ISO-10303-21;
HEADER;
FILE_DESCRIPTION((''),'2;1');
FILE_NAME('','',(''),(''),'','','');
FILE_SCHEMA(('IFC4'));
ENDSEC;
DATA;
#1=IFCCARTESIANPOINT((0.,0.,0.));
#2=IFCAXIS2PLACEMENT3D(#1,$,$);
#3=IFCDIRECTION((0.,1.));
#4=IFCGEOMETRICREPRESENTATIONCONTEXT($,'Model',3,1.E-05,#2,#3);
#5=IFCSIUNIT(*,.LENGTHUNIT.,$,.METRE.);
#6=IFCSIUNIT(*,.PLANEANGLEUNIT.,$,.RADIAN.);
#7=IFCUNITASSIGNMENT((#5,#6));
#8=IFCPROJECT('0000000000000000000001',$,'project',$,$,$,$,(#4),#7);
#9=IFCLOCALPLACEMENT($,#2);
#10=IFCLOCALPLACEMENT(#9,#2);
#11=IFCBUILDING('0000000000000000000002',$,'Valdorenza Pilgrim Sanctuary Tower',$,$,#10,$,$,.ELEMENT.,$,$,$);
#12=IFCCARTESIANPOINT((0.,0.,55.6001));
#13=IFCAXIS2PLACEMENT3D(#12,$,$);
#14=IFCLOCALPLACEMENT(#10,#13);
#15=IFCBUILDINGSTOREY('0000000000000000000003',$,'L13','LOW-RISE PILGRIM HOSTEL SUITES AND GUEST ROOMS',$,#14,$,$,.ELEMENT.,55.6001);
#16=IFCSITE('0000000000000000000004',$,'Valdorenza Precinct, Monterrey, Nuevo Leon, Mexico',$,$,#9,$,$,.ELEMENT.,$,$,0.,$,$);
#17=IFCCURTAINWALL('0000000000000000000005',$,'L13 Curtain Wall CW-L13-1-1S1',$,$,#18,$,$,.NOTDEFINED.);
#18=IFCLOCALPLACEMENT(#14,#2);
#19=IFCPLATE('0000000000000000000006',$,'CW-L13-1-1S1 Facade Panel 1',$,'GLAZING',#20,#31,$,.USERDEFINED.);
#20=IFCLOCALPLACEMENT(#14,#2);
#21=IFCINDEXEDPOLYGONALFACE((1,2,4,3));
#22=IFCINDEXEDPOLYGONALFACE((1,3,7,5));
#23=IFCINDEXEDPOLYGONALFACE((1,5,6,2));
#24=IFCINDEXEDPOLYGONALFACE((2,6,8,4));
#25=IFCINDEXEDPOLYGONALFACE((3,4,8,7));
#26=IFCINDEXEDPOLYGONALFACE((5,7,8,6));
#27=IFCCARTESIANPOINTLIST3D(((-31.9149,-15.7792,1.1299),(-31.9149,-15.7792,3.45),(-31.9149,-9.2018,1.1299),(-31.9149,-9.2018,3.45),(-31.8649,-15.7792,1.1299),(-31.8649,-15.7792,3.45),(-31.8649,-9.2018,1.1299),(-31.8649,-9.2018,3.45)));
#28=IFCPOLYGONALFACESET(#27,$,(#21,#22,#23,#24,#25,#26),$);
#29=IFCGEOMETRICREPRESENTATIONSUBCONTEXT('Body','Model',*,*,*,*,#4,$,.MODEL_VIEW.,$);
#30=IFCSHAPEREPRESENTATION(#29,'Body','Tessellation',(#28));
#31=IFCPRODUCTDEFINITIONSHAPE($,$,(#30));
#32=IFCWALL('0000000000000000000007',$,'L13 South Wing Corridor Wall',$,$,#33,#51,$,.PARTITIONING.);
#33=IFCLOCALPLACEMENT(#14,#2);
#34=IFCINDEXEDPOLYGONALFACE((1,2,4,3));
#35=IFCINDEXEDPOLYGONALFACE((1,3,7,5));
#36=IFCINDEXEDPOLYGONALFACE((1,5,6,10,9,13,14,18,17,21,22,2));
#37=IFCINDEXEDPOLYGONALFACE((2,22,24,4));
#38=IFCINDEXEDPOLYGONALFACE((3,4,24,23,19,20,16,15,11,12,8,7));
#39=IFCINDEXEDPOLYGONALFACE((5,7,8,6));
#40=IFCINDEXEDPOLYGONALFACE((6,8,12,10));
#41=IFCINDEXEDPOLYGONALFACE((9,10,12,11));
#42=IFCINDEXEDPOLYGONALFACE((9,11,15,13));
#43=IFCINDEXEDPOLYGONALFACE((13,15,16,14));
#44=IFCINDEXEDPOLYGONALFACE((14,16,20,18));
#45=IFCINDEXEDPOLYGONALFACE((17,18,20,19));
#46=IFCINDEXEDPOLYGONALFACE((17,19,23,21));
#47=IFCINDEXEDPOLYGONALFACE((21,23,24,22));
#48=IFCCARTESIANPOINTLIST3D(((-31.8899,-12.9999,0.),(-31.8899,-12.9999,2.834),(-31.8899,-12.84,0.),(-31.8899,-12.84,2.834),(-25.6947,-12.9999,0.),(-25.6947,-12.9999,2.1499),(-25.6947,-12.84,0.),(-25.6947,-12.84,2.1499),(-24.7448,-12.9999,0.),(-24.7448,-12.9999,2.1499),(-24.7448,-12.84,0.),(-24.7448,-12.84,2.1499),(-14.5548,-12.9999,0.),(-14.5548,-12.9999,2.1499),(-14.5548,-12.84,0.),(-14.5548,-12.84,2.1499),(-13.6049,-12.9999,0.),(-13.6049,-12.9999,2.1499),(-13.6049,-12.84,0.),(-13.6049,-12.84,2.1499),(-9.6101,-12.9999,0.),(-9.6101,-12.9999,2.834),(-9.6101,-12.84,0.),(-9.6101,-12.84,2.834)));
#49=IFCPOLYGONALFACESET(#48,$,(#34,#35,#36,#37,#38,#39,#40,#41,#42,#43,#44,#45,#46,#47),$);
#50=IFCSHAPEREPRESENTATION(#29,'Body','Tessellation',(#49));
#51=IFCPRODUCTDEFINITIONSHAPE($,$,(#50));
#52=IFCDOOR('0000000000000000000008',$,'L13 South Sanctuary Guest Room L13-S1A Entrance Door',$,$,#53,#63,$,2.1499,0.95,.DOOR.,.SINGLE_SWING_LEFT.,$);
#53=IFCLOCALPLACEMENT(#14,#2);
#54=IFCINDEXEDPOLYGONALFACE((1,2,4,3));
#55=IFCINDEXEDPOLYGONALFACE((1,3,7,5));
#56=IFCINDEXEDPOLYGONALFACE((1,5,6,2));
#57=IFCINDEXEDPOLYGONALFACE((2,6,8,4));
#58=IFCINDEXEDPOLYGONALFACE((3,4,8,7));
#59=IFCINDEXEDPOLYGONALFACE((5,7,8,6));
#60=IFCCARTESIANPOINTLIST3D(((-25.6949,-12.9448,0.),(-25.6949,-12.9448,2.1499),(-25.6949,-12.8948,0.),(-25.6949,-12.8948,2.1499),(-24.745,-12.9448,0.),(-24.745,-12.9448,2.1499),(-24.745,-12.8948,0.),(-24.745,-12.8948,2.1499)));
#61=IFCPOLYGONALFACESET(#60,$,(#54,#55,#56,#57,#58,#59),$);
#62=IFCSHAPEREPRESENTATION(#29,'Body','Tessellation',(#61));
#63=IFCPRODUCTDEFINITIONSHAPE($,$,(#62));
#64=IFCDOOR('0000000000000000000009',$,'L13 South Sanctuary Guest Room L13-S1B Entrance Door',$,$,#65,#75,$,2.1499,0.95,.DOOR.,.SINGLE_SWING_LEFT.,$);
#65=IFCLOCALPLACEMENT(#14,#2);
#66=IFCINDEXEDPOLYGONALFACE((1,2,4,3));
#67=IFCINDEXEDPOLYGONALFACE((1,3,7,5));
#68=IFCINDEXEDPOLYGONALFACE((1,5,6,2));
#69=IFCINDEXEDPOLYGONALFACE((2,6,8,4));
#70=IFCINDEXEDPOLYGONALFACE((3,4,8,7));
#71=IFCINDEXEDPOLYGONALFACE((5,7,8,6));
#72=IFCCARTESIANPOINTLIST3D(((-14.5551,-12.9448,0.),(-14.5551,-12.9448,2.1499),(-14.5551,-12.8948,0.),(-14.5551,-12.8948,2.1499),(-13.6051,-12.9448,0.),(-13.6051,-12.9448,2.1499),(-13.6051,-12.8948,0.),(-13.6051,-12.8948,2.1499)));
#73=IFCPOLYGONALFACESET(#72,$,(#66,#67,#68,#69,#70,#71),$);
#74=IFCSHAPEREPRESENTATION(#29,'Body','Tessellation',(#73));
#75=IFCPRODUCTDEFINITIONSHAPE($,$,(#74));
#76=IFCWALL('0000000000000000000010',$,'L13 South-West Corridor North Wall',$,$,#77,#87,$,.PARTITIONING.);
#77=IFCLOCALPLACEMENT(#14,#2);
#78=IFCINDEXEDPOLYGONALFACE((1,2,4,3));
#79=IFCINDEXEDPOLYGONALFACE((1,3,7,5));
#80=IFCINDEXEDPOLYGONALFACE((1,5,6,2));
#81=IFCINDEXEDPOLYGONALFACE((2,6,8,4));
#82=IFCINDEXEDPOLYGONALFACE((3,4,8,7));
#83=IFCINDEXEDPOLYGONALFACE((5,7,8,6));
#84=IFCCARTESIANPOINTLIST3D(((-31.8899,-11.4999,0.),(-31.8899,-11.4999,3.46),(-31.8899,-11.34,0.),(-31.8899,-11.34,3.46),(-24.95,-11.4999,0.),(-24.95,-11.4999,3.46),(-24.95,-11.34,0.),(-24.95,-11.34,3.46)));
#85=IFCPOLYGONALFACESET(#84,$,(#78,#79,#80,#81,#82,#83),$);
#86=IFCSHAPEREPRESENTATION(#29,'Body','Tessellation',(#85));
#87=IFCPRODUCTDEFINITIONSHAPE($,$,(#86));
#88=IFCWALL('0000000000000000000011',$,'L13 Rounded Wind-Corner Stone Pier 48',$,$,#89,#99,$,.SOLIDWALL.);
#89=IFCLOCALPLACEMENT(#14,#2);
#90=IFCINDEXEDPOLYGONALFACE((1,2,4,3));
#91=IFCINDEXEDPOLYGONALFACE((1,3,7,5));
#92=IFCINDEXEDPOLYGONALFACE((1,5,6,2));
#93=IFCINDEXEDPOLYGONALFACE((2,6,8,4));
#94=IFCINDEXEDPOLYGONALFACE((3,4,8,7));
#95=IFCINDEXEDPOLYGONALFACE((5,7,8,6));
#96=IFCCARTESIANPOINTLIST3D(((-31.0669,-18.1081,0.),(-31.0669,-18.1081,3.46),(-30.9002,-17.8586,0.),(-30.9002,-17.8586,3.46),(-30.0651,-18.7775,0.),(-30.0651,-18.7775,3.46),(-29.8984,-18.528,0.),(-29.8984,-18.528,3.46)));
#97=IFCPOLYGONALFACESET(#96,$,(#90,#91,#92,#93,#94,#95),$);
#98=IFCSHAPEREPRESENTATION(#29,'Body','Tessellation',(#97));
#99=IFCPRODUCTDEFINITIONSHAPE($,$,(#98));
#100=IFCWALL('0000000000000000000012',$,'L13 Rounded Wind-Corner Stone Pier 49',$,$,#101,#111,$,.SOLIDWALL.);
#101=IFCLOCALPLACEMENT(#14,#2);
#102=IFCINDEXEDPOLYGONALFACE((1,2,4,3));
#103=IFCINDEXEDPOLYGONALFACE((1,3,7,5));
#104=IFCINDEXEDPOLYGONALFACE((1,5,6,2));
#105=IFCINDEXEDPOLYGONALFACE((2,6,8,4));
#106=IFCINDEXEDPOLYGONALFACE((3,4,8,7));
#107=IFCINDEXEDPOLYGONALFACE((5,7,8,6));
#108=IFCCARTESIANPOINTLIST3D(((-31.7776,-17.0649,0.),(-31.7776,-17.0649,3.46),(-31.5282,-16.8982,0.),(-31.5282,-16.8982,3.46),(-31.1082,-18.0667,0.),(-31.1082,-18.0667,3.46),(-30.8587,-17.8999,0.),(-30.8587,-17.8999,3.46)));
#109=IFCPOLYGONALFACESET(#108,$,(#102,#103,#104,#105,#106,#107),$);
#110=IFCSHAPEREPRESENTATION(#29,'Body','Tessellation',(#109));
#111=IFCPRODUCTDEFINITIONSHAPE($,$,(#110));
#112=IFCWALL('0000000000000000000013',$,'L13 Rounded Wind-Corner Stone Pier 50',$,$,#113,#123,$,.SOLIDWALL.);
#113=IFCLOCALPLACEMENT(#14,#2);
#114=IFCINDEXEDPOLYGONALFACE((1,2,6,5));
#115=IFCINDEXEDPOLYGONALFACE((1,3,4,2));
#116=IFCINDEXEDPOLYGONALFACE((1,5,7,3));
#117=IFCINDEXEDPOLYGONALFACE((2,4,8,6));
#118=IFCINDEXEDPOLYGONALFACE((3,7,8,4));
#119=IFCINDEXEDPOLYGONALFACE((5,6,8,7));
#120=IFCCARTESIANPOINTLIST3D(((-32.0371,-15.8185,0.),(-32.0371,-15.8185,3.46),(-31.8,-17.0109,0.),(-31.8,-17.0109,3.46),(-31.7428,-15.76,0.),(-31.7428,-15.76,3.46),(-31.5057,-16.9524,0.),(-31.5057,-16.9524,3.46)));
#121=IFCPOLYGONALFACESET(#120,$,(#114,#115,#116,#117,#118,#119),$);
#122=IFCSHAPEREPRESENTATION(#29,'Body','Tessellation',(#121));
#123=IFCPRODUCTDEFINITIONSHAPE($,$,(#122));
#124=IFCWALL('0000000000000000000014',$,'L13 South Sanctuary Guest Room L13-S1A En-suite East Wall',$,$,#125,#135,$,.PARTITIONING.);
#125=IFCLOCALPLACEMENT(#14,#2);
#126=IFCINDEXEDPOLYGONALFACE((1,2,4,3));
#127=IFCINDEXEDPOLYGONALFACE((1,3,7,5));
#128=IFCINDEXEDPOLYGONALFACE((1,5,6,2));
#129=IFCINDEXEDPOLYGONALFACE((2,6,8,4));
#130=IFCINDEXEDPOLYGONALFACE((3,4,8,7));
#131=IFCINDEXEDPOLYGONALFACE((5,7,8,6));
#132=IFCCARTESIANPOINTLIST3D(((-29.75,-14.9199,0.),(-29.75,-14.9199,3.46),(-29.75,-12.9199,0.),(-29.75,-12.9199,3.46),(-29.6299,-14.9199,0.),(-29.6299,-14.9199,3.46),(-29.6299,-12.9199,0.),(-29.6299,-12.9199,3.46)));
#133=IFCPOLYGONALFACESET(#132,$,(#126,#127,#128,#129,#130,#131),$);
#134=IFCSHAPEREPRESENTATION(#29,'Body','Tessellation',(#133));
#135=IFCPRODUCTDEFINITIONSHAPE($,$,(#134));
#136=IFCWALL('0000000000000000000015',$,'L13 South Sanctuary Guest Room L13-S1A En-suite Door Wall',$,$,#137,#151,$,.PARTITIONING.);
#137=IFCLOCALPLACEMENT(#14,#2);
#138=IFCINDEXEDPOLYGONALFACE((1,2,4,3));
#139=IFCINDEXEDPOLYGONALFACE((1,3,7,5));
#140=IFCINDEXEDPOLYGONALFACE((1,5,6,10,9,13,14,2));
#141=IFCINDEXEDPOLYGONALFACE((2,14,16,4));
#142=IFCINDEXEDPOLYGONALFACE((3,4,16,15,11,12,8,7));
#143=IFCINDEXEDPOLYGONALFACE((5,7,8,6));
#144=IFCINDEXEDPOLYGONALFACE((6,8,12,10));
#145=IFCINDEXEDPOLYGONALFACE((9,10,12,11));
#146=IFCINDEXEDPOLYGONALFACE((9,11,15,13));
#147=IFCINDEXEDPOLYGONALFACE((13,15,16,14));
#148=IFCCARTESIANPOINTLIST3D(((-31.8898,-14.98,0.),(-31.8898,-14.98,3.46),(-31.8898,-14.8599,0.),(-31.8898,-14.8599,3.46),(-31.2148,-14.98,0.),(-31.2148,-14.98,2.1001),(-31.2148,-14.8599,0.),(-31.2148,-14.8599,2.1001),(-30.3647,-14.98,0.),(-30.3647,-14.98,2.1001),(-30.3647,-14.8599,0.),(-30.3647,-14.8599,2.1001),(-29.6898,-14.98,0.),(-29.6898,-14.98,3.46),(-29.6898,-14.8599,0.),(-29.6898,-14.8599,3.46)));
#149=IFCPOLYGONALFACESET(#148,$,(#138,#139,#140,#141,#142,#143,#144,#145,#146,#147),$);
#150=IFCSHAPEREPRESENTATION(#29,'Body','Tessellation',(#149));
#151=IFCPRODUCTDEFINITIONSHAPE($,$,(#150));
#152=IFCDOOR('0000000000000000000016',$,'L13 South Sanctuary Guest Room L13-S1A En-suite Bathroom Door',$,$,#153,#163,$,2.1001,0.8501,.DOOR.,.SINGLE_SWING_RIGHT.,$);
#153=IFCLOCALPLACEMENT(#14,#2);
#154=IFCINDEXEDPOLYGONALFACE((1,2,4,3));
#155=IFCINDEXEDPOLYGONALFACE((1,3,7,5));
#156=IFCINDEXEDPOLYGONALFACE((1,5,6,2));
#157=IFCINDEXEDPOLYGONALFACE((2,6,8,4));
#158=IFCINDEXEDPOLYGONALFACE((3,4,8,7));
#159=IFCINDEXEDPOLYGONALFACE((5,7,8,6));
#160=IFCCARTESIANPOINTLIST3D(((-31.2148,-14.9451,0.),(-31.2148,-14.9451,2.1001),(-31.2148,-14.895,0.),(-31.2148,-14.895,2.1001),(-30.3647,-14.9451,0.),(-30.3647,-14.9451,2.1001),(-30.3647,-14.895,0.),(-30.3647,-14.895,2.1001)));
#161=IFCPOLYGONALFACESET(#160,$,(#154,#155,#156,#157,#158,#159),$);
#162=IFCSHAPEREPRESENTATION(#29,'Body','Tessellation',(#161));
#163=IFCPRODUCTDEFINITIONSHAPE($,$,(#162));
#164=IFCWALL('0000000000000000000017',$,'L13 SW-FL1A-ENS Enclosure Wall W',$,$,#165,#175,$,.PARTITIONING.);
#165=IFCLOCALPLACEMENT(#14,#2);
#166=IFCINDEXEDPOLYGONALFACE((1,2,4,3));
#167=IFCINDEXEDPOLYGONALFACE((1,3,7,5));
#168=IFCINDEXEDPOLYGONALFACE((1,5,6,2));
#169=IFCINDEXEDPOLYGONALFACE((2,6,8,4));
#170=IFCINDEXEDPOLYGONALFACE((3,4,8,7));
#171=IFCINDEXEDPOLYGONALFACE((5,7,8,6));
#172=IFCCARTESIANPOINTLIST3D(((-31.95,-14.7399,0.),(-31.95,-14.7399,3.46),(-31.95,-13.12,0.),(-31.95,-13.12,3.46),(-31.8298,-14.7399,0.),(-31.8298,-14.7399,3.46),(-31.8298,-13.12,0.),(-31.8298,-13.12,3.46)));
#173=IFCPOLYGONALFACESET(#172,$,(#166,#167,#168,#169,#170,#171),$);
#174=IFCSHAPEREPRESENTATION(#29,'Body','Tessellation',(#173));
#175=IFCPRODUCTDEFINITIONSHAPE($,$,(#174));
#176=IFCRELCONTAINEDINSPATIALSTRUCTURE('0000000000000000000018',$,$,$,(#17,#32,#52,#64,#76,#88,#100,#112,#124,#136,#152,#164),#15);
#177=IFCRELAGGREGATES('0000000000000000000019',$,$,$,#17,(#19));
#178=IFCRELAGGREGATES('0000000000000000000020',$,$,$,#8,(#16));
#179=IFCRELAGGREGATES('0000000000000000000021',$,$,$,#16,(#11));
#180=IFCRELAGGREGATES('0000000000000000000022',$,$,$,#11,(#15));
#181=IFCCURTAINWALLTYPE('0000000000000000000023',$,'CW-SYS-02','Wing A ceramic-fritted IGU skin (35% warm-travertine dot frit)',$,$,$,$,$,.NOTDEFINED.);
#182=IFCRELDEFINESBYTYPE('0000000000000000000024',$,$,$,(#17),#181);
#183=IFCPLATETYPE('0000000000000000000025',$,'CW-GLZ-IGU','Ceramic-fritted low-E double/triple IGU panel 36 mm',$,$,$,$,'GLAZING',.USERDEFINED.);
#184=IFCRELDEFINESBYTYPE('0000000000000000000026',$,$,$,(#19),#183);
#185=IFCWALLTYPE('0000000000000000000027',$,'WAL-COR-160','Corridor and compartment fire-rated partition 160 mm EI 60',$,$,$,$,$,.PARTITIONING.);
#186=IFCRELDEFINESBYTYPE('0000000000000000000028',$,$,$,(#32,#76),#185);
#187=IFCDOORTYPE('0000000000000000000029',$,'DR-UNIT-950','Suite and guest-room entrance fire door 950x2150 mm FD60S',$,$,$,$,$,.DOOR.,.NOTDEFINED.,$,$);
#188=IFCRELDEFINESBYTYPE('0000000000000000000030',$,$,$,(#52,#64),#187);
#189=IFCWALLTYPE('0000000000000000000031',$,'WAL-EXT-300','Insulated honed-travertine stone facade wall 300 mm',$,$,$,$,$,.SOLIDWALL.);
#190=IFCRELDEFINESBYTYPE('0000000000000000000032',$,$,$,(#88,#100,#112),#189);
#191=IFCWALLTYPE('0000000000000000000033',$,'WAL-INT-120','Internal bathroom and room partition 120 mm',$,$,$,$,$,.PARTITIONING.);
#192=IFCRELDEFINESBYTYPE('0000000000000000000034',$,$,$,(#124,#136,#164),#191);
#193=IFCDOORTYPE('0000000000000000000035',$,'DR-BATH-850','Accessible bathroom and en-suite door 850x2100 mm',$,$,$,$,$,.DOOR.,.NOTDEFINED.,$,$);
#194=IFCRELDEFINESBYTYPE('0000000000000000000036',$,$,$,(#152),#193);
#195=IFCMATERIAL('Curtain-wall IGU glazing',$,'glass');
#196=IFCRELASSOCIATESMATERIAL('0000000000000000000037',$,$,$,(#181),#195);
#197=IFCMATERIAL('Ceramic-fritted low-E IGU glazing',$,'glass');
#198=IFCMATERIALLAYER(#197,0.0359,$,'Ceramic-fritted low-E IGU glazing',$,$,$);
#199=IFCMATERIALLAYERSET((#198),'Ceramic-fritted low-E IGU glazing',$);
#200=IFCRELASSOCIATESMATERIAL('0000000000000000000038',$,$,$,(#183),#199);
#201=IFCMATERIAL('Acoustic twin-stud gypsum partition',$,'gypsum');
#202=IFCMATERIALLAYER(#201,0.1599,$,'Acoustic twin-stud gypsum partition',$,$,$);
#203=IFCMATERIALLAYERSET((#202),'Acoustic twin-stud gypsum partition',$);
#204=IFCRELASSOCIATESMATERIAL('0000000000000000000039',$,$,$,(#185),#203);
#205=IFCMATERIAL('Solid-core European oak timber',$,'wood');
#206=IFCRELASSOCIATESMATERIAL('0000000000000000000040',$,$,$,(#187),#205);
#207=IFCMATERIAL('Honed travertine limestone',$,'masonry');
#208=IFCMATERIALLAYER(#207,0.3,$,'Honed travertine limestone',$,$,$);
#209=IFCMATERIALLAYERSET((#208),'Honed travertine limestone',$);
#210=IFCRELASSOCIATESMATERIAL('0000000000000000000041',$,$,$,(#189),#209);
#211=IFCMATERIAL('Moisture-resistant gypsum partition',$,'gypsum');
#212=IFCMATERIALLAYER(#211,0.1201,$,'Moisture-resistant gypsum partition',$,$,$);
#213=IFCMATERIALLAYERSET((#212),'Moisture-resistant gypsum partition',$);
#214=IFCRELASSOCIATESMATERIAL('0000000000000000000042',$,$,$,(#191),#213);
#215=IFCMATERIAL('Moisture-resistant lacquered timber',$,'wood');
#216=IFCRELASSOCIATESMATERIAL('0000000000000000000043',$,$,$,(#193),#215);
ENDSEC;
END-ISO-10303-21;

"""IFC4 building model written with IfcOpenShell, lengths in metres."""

from ifc_helpers import new_model, si_unit, direction, frame, frame_2d, origin, origin_2d, place, context, subcontext, project, spatial, rectangle, extrude, source, transform, mapped, material, layer, layer_set, type_object, element, fill, aggregate, save


model = new_model("IFC4")

# Units and contexts
model_context = context("Model", 3, precision=1e-05, world=origin(), true_north=direction((0.0, 1.0)))
body_context = subcontext(model_context, "Body", "Model", "MODEL_VIEW")
ifc_project = project(units=[si_unit("LENGTHUNIT", "METRE"), si_unit("PLANEANGLEUNIT", "RADIAN")], contexts=[model_context])

# Site, building, storey
site_placement = place(None, origin())
site = spatial("IfcSite", under=ifc_project, at=site_placement, Name="Valdorenza Precinct, Monterrey, Nuevo Leon, Mexico", CompositionType="ELEMENT", RefElevation=0.0)
building_placement = place(site_placement, origin())
building = spatial("IfcBuilding", under=site, at=building_placement, Name="Valdorenza Pilgrim Sanctuary Tower", CompositionType="ELEMENT")
storey_placement = place(building_placement, frame((0.0, 0.0, 55.6001)))
storey = spatial("IfcBuildingStorey", under=building, at=storey_placement, Name="L13", Description="LOW-RISE PILGRIM HOSTEL SUITES AND GUEST ROOMS", CompositionType="ELEMENT", Elevation=55.6001)

# Curtain wall
ifc_material_1 = material(Name="Curtain-wall IGU glazing", Category="glass")
curtain_wall_type = type_object("IfcCurtainWallType", Name="CW-SYS-02", Description="Wing A ceramic-fritted IGU skin (35% warm-travertine dot frit)", PredefinedType="NOTDEFINED", material=ifc_material_1)
curtain_wall_1_placement = place(storey_placement, origin())
curtain_wall_1 = element("IfcCurtainWall", 1, at=curtain_wall_1_placement, inside=storey, type_object=curtain_wall_type, Name="L13 Curtain Wall CW-L13-1-1S1", PredefinedType="NOTDEFINED")

# Plate
ifc_material_2 = material(Name="Honed travertine limestone", Category="masonry")
ifc_material_3 = material(Name="Ceramic-fritted low-E IGU glazing", Category="glass")
ifc_layer_1 = layer(ifc_material_3, 0.0359, Name="Ceramic-fritted low-E IGU glazing")
ifc_layer_set_1 = layer_set([ifc_layer_1], Name="Ceramic-fritted low-E IGU glazing")
plate_type_1 = type_object("IfcPlateType", Name="CW-GLZ-IGU", Description="Ceramic-fritted low-E double/triple IGU panel 36 mm", ElementType="GLAZING", PredefinedType="USERDEFINED", material=ifc_layer_set_1)
shared_shape_1 = source(origin(), body_context, "Body", "SweptSolid", [
    extrude(rectangle(XDim=6.5774, YDim=0.05, at=origin_2d()), origin(), (0.0, 0.0, 1.0), 2.3201),
])
plate_1_placement = place(storey_placement, frame((-31.8899, -12.4905, 1.1299), z_axis=(0.0, 0.0, 1.0), x_axis=(0.0, 1.0, 0.0)))
plate_1 = element("IfcPlate", 2, at=plate_1_placement, type_object=plate_type_1, Name="CW-L13-1-1S1 Facade Panel 1", ObjectType="GLAZING", PredefinedType="USERDEFINED", context=body_context, shape_type="MappedRepresentation", body=[
    mapped(shared_shape_1, transform((0.0, 0.0, 0.0), x_axis=(1.0, 0.0, 0.0), y_axis=(0.0, 1.0, 0.0), z_axis=(0.0, 0.0, 1.0), scale=1.0)),
])
aggregate(curtain_wall_1, [plate_1])

# Wall, openings, doors
ifc_material_4 = material(Name="Acoustic twin-stud gypsum partition", Category="gypsum")
ifc_layer_2 = layer(ifc_material_4, 0.1599, Name="Acoustic twin-stud gypsum partition")
ifc_layer_set_2 = layer_set([ifc_layer_2], Name="Acoustic twin-stud gypsum partition")
wall_type_1 = type_object("IfcWallType", Name="WAL-COR-160", Description="Corridor and compartment fire-rated partition 160 mm EI 60", PredefinedType="PARTITIONING", material=ifc_layer_set_2)
wall_1_placement = place(storey_placement, frame((-31.8899, -12.9199, 0.0), z_axis=(0.0, 0.0, 1.0), x_axis=(1.0, 0.0, 0.0)))
wall_1 = element("IfcWall", 3, at=wall_1_placement, inside=storey, type_object=wall_type_1, Name="L13 South Wing Corridor Wall", PredefinedType="PARTITIONING", context=body_context, shape_type="SweptSolid", body=[
    extrude(rectangle(XDim=22.2798, YDim=0.1599, at=frame_2d((11.1399, 0.0))), origin(), (0.0, 0.0, 1.0), 2.834),
])
opening_1_placement = place(wall_1_placement, frame((6.1951, 0.0, 0.0)))
opening_1 = element("IfcOpeningElement", 4, at=opening_1_placement, cuts=wall_1, PredefinedType="OPENING", context=body_context, shape_type="SweptSolid", body=[
    extrude(rectangle(XDim=0.95, YDim=2.1499, at=frame_2d((0.4751, 1.075))), frame((0.0, 0.0947, 0.0), z_axis=(0.0, -1.0, 0.0), x_axis=(1.0, 0.0, 0.0)), (0.0, 0.0, 1.0), 0.1897),
])
opening_2_placement = place(wall_1_placement, frame((17.335, 0.0, 0.0)))
opening_2 = element("IfcOpeningElement", 5, at=opening_2_placement, cuts=wall_1, PredefinedType="OPENING", context=body_context, shape_type="SweptSolid", body=[
    extrude(rectangle(XDim=0.95, YDim=2.1499, at=frame_2d((0.4751, 1.075))), frame((0.0, 0.0947, 0.0), z_axis=(0.0, -1.0, 0.0), x_axis=(1.0, 0.0, 0.0)), (0.0, 0.0, 1.0), 0.1897),
])
ifc_material_5 = material(Name="Solid-core European oak timber", Category="wood")
door_type_1 = type_object("IfcDoorType", Name="DR-UNIT-950", Description="Suite and guest-room entrance fire door 950x2150 mm FD60S", OperationType="NOTDEFINED", PredefinedType="DOOR", material=ifc_material_5)
door_1_placement = place(opening_1_placement, frame((0.95, 0.0, 0.0), z_axis=(0.0, 0.0, 1.0), x_axis=(-1.0, 0.0, 0.0)))
door_1 = element("IfcDoor", 6, at=door_1_placement, inside=storey, type_object=door_type_1, Name="L13 South Sanctuary Guest Room L13-S1A Entrance Door", OperationType="SINGLE_SWING_LEFT", OverallHeight=2.1499, OverallWidth=0.95, PredefinedType="DOOR", context=body_context, shape_type="SweptSolid", body=[
    extrude(rectangle(XDim=0.95, YDim=2.1499, at=frame_2d((0.4751, 1.075))), frame((0.0, 0.0249, 0.0), z_axis=(0.0, -1.0, 0.0), x_axis=(1.0, 0.0, 0.0)), (0.0, 0.0, 1.0), 0.05),
])
fill(opening_1, door_1)
door_2_placement = place(opening_2_placement, frame((0.95, 0.0, 0.0), z_axis=(0.0, 0.0, 1.0), x_axis=(-1.0, 0.0, 0.0)))
door_2 = element("IfcDoor", 7, at=door_2_placement, inside=storey, type_object=door_type_1, Name="L13 South Sanctuary Guest Room L13-S1B Entrance Door", OperationType="SINGLE_SWING_LEFT", OverallHeight=2.1499, OverallWidth=0.95, PredefinedType="DOOR", context=body_context, shape_type="SweptSolid", body=[
    extrude(rectangle(XDim=0.95, YDim=2.1499, at=frame_2d((0.4751, 1.075))), frame((0.0, 0.0249, 0.0), z_axis=(0.0, -1.0, 0.0), x_axis=(1.0, 0.0, 0.0)), (0.0, 0.0, 1.0), 0.05),
])
fill(opening_2, door_2)

# Walls
wall_2_placement = place(storey_placement, frame((-31.8899, -11.4199, 0.0), z_axis=(0.0, 0.0, 1.0), x_axis=(1.0, 0.0, 0.0)))
element("IfcWall", 8, at=wall_2_placement, inside=storey, type_object=wall_type_1, Name="L13 South-West Corridor North Wall", PredefinedType="PARTITIONING", context=body_context, shape_type="SweptSolid", body=[
    extrude(rectangle(XDim=6.9399, YDim=0.1599, at=frame_2d((3.47, 0.0))), origin(), (0.0, 0.0, 1.0), 3.46),
])
ifc_layer_3 = layer(ifc_material_2, 0.3, Name="Honed travertine limestone")
ifc_layer_set_3 = layer_set([ifc_layer_3], Name="Honed travertine limestone")
wall_type_2 = type_object("IfcWallType", Name="WAL-EXT-300", Description="Insulated honed-travertine stone facade wall 300 mm", PredefinedType="SOLIDWALL", material=ifc_layer_set_3)
for number, where, z_axis, x_axis, name in (
    (9, (-29.9817, -18.6528, 0.0), (0.0, 0.0, 1.0), (-0.831426, 0.555635, 0.0), "L13 Rounded Wind-Corner Stone Pier 48"),
    (10, (-30.9834, -17.9834, 0.0), (0.0, 0.0, 1.0), (-0.555635, 0.831426, 0.0), "L13 Rounded Wind-Corner Stone Pier 49"),
):
    element("IfcWall", number, at=place(storey_placement, frame(where, z_axis=z_axis, x_axis=x_axis)), inside=storey, type_object=wall_type_2, Name=name, PredefinedType="SOLIDWALL", context=body_context, shape_type="SweptSolid", body=[
        extrude(rectangle(XDim=1.2048, YDim=0.3, at=frame_2d((0.6025, 0.0))), origin(), (0.0, 0.0, 1.0), 3.46),
    ])
wall_3_placement = place(storey_placement, frame((-31.6528, -16.9817, 0.0), z_axis=(0.0, 0.0, 1.0), x_axis=(-0.194996, 0.980804, 0.0)))
element("IfcWall", 11, at=wall_3_placement, inside=storey, type_object=wall_type_2, Name="L13 Rounded Wind-Corner Stone Pier 50", PredefinedType="SOLIDWALL", context=body_context, shape_type="SweptSolid", body=[
    extrude(rectangle(XDim=1.2158, YDim=0.3, at=frame_2d((0.6079, 0.0))), origin(), (0.0, 0.0, 1.0), 3.46),
])
ifc_material_6 = material(Name="Moisture-resistant gypsum partition", Category="gypsum")
ifc_layer_4 = layer(ifc_material_6, 0.1201, Name="Moisture-resistant gypsum partition")
ifc_layer_set_4 = layer_set([ifc_layer_4], Name="Moisture-resistant gypsum partition")
wall_type_3 = type_object("IfcWallType", Name="WAL-INT-120", Description="Internal bathroom and room partition 120 mm", PredefinedType="PARTITIONING", material=ifc_layer_set_4)
wall_4_placement = place(storey_placement, frame((-29.6899, -14.9199, 0.0), z_axis=(0.0, 0.0, 1.0), x_axis=(0.0, 1.0, 0.0)))
element("IfcWall", 12, at=wall_4_placement, inside=storey, type_object=wall_type_3, Name="L13 South Sanctuary Guest Room L13-S1A En-suite East Wall", PredefinedType="PARTITIONING", context=body_context, shape_type="SweptSolid", body=[
    extrude(rectangle(XDim=2.0, YDim=0.1201, at=frame_2d((1.0, 0.0))), origin(), (0.0, 0.0, 1.0), 3.46),
])

# Wall, opening, door
wall_5_placement = place(storey_placement, frame((-31.8899, -14.9199, 0.0), z_axis=(0.0, 0.0, 1.0), x_axis=(1.0, 0.0, 0.0)))
wall_5 = element("IfcWall", 13, at=wall_5_placement, inside=storey, type_object=wall_type_3, Name="L13 South Sanctuary Guest Room L13-S1A En-suite Door Wall", PredefinedType="PARTITIONING", context=body_context, shape_type="SweptSolid", body=[
    extrude(rectangle(XDim=2.2, YDim=0.1201, at=frame_2d((1.1001, 0.0))), origin(), (0.0, 0.0, 1.0), 3.46),
])
opening_3_placement = place(wall_5_placement, frame((0.675, 0.0, 0.0)))
opening_3 = element("IfcOpeningElement", 14, at=opening_3_placement, cuts=wall_5, PredefinedType="OPENING", context=body_context, shape_type="SweptSolid", body=[
    extrude(rectangle(XDim=0.8501, YDim=2.1001, at=frame_2d((0.425, 1.05))), frame((0.0, 0.075, 0.0), z_axis=(0.0, -1.0, 0.0), x_axis=(1.0, 0.0, 0.0)), (0.0, 0.0, 1.0), 0.1499),
])
ifc_material_7 = material(Name="Moisture-resistant lacquered timber", Category="wood")
door_type_2 = type_object("IfcDoorType", Name="DR-BATH-850", Description="Accessible bathroom and en-suite door 850x2100 mm", OperationType="NOTDEFINED", PredefinedType="DOOR", material=ifc_material_7)
door_3_placement = place(opening_3_placement, origin())
door_3 = element("IfcDoor", 15, at=door_3_placement, inside=storey, type_object=door_type_2, Name="L13 South Sanctuary Guest Room L13-S1A En-suite Bathroom Door", OperationType="SINGLE_SWING_RIGHT", OverallHeight=2.1001, OverallWidth=0.8501, PredefinedType="DOOR", context=body_context, shape_type="SweptSolid", body=[
    extrude(rectangle(XDim=0.8501, YDim=2.1001, at=frame_2d((0.425, 1.05))), frame((0.0, 0.0249, 0.0), z_axis=(0.0, -1.0, 0.0), x_axis=(1.0, 0.0, 0.0)), (0.0, 0.0, 1.0), 0.05),
])
fill(opening_3, door_3)

# Wall
wall_6_placement = place(storey_placement, frame((-31.8899, -14.74, 0.0), z_axis=(0.0, 0.0, 1.0), x_axis=(0.0, 1.0, 0.0)))
element("IfcWall", 16, at=wall_6_placement, inside=storey, type_object=wall_type_3, Name="L13 SW-FL1A-ENS Enclosure Wall W", PredefinedType="PARTITIONING", context=body_context, shape_type="SweptSolid", body=[
    extrude(rectangle(XDim=1.6199, YDim=0.1201, at=frame_2d((0.8101, 0.0))), origin(), (0.0, 0.0, 1.0), 3.46),
])

save(model, "model.ifc")
